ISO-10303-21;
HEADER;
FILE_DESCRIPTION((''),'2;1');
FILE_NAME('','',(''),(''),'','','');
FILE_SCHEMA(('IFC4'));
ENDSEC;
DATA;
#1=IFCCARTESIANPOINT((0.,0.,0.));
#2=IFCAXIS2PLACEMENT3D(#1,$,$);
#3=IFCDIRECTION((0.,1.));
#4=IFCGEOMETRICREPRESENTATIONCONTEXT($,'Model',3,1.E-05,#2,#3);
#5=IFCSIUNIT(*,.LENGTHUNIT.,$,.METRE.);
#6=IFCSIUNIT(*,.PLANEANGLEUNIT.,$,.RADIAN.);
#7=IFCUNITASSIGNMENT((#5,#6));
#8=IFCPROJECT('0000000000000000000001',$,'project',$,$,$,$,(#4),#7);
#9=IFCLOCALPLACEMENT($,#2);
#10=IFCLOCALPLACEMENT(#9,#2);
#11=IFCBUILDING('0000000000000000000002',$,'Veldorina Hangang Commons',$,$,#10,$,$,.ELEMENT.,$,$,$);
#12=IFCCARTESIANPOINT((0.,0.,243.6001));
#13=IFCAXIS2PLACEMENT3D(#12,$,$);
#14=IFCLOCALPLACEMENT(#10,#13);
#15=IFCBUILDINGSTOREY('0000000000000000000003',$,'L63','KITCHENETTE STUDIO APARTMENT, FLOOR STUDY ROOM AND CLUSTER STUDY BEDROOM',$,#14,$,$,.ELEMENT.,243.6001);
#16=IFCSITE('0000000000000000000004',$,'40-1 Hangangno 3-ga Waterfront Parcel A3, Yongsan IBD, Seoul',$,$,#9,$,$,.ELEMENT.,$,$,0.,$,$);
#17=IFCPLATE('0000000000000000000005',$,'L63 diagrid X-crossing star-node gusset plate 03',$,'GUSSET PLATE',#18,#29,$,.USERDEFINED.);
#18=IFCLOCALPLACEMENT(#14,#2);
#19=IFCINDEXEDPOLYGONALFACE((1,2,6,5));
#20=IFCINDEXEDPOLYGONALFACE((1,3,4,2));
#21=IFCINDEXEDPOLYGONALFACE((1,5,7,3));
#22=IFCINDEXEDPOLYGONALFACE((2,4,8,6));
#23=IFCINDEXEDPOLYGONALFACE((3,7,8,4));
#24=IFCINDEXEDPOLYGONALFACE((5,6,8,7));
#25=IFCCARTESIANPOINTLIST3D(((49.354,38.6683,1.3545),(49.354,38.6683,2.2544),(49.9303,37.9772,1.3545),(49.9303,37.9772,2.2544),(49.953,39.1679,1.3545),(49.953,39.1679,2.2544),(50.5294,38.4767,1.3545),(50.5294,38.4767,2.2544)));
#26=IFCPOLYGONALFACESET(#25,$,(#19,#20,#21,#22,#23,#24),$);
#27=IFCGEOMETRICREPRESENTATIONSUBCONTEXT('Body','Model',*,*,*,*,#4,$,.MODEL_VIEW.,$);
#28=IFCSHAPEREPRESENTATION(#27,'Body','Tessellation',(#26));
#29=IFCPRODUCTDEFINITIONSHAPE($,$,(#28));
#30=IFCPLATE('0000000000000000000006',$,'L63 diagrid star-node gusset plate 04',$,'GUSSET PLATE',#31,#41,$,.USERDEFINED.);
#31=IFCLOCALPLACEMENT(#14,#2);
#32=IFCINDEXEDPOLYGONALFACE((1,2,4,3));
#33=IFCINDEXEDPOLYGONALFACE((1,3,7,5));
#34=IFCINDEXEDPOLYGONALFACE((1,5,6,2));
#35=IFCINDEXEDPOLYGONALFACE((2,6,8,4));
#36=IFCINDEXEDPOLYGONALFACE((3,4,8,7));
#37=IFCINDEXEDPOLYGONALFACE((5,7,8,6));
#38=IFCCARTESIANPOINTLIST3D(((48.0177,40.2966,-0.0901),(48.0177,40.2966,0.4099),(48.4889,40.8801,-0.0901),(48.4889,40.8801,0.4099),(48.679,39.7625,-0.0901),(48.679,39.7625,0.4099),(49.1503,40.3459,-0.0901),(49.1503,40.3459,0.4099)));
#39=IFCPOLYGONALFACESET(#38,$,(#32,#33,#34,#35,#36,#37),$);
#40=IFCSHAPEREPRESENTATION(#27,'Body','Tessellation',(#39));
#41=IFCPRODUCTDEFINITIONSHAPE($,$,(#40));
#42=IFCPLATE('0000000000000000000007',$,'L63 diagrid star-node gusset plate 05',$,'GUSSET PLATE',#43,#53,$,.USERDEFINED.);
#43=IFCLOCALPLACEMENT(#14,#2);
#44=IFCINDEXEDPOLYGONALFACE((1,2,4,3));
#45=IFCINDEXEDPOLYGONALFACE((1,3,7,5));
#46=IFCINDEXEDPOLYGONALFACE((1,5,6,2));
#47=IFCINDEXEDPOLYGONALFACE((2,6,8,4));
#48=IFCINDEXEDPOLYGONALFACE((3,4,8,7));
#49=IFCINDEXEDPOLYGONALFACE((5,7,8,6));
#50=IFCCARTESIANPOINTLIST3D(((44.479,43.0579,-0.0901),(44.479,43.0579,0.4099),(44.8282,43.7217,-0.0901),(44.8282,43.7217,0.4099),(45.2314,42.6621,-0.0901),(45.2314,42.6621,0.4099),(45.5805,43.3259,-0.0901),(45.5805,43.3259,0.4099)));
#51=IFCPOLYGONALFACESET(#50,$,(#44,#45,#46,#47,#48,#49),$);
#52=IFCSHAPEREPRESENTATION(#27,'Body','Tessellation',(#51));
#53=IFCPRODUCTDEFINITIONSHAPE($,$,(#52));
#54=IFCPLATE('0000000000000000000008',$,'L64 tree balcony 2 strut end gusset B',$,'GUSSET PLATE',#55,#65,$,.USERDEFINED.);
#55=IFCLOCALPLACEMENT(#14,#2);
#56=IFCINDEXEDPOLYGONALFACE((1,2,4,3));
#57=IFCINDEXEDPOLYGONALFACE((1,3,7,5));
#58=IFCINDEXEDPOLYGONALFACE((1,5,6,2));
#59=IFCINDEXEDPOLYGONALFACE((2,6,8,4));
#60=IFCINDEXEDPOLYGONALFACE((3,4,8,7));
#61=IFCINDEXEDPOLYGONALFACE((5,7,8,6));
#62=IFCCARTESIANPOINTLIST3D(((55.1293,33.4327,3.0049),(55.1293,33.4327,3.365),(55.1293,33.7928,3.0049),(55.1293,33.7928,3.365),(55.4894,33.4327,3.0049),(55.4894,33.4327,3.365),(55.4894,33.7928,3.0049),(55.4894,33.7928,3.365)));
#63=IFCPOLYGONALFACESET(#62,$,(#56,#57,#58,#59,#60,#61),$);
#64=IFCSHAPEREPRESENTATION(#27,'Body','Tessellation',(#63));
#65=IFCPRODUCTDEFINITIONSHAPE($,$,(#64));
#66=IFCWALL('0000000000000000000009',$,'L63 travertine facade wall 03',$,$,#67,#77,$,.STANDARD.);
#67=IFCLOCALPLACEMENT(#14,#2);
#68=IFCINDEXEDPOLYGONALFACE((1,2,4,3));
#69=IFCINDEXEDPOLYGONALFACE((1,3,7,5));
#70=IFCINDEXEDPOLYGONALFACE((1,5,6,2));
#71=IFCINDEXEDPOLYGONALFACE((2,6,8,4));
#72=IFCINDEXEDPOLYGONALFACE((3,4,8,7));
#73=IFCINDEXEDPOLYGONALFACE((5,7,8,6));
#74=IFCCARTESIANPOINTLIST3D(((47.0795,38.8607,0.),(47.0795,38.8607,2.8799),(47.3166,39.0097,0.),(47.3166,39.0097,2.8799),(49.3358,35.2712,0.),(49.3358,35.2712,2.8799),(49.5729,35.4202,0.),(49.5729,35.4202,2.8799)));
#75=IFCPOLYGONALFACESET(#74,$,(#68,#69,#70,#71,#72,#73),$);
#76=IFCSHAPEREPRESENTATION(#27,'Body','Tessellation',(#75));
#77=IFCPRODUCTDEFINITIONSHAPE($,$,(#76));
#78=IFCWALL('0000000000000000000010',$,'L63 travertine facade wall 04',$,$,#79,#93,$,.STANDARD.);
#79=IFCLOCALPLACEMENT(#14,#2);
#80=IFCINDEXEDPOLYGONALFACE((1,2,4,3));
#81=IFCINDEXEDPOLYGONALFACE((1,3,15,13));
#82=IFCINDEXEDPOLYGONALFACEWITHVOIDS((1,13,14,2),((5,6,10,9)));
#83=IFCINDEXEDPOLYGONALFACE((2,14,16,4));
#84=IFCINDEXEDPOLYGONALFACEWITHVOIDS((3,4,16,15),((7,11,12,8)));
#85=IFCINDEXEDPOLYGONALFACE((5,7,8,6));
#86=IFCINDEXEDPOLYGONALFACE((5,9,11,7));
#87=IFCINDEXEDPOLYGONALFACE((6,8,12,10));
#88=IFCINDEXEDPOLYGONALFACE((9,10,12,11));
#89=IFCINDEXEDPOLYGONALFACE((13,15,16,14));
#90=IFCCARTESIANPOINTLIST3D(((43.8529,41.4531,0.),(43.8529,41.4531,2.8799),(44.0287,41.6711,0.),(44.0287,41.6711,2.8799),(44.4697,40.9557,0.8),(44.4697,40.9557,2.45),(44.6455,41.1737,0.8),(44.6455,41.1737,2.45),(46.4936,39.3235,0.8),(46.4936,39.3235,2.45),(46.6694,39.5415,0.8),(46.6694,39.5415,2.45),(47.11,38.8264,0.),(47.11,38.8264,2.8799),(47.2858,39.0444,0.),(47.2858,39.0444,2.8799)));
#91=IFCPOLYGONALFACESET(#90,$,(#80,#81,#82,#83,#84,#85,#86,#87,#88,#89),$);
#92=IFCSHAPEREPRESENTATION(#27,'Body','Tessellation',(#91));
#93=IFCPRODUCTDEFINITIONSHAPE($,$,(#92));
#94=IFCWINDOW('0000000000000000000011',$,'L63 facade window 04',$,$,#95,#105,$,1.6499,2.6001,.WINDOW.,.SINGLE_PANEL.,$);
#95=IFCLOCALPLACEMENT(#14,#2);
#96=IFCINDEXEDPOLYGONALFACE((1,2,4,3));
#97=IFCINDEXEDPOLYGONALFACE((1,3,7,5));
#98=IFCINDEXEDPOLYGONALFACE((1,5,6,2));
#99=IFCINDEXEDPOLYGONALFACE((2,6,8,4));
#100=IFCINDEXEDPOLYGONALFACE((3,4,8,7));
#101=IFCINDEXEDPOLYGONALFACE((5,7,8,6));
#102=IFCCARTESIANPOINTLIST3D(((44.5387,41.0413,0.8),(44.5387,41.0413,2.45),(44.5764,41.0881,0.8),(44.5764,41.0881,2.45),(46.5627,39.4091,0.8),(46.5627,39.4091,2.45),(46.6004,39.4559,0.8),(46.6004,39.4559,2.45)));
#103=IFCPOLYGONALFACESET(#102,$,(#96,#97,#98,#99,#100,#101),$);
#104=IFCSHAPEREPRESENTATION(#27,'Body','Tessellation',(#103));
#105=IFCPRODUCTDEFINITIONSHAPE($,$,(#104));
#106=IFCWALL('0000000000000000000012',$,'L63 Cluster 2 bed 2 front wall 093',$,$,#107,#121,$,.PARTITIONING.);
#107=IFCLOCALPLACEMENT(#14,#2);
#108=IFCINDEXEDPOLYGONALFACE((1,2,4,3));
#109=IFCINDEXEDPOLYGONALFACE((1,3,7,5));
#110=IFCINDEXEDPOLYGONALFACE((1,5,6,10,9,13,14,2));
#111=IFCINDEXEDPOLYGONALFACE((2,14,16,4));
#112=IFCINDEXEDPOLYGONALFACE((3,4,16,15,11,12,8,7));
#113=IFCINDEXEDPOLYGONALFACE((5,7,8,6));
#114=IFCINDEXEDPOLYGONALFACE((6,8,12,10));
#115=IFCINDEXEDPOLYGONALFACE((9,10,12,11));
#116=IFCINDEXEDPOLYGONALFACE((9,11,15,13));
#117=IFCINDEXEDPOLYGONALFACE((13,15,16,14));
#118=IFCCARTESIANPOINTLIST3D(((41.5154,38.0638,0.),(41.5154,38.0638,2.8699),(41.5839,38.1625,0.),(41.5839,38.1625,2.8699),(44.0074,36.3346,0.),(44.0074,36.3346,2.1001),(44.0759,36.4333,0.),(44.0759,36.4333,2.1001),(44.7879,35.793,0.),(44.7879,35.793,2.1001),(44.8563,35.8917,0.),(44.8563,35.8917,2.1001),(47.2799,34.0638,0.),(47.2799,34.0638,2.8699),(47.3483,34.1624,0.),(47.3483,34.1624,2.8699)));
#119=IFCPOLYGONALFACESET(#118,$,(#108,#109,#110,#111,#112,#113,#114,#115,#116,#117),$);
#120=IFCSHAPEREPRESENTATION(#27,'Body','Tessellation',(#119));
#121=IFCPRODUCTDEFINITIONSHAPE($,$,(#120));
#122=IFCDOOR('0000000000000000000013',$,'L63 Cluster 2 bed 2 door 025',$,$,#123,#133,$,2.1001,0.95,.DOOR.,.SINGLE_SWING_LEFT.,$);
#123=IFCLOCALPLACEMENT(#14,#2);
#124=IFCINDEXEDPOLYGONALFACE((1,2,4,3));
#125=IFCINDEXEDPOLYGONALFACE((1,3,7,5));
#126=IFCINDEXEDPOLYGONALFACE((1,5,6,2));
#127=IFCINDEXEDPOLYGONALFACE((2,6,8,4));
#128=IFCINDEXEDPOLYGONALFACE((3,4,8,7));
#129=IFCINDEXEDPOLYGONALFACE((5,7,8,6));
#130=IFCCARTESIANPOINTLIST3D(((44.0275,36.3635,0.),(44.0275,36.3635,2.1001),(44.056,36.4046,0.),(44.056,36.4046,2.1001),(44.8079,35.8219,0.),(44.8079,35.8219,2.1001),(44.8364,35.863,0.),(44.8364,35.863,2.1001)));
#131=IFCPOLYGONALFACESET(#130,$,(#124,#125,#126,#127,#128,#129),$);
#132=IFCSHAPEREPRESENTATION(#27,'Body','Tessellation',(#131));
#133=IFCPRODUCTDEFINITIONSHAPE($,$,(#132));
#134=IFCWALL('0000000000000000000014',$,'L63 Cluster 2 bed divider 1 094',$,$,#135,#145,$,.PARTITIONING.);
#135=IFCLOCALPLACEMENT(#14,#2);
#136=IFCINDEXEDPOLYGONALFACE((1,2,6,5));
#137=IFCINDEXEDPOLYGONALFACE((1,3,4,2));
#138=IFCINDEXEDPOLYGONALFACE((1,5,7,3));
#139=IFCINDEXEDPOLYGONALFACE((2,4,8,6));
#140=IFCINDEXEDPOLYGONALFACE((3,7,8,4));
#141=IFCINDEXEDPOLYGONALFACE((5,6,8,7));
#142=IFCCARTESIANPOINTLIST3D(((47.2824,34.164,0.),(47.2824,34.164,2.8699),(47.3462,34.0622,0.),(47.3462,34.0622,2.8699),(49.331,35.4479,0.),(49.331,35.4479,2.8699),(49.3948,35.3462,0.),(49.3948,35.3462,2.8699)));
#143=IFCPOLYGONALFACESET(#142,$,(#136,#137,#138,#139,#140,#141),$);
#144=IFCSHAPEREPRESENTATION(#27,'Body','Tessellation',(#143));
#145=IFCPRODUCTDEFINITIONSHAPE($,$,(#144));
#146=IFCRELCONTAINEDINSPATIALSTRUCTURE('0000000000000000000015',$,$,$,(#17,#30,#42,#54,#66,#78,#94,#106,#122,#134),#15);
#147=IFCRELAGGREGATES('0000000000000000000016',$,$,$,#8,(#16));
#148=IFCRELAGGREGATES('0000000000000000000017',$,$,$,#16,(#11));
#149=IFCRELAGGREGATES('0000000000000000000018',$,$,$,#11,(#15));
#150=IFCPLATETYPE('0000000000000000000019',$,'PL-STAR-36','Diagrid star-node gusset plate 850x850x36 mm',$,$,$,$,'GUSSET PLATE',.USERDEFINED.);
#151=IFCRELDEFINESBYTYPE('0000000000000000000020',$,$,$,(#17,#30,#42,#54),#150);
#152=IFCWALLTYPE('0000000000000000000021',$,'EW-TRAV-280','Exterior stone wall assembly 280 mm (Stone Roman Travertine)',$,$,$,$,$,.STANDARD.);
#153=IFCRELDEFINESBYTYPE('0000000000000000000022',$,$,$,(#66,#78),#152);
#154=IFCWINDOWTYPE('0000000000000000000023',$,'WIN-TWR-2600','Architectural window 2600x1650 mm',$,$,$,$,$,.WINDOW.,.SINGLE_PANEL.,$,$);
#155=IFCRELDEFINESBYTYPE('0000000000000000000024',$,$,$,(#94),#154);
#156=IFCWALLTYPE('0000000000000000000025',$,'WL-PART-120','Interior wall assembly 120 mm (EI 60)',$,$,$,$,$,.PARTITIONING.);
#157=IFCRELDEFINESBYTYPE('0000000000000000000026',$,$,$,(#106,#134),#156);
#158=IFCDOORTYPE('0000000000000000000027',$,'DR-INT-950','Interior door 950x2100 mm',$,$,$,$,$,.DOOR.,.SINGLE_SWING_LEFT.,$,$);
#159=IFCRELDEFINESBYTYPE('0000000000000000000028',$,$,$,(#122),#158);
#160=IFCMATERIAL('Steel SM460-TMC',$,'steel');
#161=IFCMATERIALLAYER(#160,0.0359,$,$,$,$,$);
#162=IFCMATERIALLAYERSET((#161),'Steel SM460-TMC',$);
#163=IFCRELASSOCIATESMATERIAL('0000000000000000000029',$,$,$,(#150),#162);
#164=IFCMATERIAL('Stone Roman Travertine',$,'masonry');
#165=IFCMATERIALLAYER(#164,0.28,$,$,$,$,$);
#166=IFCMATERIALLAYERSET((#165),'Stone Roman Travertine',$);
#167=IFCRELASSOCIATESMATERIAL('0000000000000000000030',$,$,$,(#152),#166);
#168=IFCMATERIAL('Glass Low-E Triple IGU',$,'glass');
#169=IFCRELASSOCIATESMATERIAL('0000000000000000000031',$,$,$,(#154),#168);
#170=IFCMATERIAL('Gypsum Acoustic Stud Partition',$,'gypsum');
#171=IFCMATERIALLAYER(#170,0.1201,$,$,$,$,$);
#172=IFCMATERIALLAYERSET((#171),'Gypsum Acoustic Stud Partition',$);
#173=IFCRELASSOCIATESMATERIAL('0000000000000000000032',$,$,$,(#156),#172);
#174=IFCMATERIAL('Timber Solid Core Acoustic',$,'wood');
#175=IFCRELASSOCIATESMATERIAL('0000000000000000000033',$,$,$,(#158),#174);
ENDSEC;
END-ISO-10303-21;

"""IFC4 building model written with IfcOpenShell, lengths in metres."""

from ifc_helpers import new_model, si_unit, direction, frame, frame_2d, origin, origin_2d, place, context, subcontext, project, spatial, rectangle, extrude, material, layer, layer_set, type_object, element, fill, save


model = new_model("IFC4")

# Units and contexts
model_context = context("Model", 3, precision=1e-05, world=origin(), true_north=direction((0.0, 1.0)))
body_context = subcontext(model_context, "Body", "Model", "MODEL_VIEW")
ifc_project = project(units=[si_unit("LENGTHUNIT", "METRE"), si_unit("PLANEANGLEUNIT", "RADIAN")], contexts=[model_context])

# Site, building, storey
site_placement = place(None, origin())
site = spatial("IfcSite", under=ifc_project, at=site_placement, Name="40-1 Hangangno 3-ga Waterfront Parcel A3, Yongsan IBD, Seoul", CompositionType="ELEMENT", RefElevation=0.0)
building_placement = place(site_placement, origin())
building = spatial("IfcBuilding", under=site, at=building_placement, Name="Veldorina Hangang Commons", CompositionType="ELEMENT")
storey_placement = place(building_placement, frame((0.0, 0.0, 243.6001)))
storey = spatial("IfcBuildingStorey", under=building, at=storey_placement, Name="L63", Description="KITCHENETTE STUDIO APARTMENT, FLOOR STUDY ROOM AND CLUSTER STUDY BEDROOM", CompositionType="ELEMENT", Elevation=243.6001)

# Shared definitions
ifc_material_1 = material(Name="Glass Low-E Triple IGU", Category="glass")

# Plates
ifc_material_2 = material(Name="Steel SM460-TMC", Category="steel")
ifc_layer_1 = layer(ifc_material_2, 0.0359)
ifc_layer_set_1 = layer_set([ifc_layer_1], Name="Steel SM460-TMC")
plate_type_1 = type_object("IfcPlateType", Name="PL-STAR-36", Description="Diagrid star-node gusset plate 850x850x36 mm", ElementType="GUSSET PLATE", PredefinedType="USERDEFINED", material=ifc_layer_set_1)
plate_1_placement = place(storey_placement, frame((49.9417, 38.5725, 1.3545), z_axis=(0.0, 0.0, 1.0), x_axis=(-0.640431, 0.768015, 0.0)))
element("IfcPlate", 1, at=plate_1_placement, inside=storey, type_object=plate_type_1, Name="L63 diagrid X-crossing star-node gusset plate 03", ObjectType="GUSSET PLATE", PredefinedType="USERDEFINED", context=body_context, shape_type="SweptSolid", body=[
    extrude(rectangle(XDim=0.8999, YDim=0.78, at=origin_2d()), origin(), (0.0, 0.0, 1.0), 0.8999),
])
for number, where, z_axis, x_axis, name in (
    (2, (48.584, 40.3213, -0.0901), (0.0, 0.0, 1.0), (-0.777947, 0.62833, 0.0), "L63 diagrid star-node gusset plate 04"),
    (3, (45.0298, 43.1919, -0.0901), (0.0, 0.0, 1.0), (-0.885012, 0.465568, 0.0), "L63 diagrid star-node gusset plate 05"),
):
    element("IfcPlate", number, at=place(storey_placement, frame(where, z_axis=z_axis, x_axis=x_axis)), inside=storey, type_object=plate_type_1, Name=name, ObjectType="GUSSET PLATE", PredefinedType="USERDEFINED", context=body_context, shape_type="SweptSolid", body=[
        extrude(rectangle(XDim=0.8501, YDim=0.75, at=origin_2d()), origin(), (0.0, 0.0, 1.0), 0.5),
    ])
plate_2_placement = place(storey_placement, frame((55.3093, 33.6128, 3.0049), z_axis=(0.0, 0.0, 1.0), x_axis=(1.0, 0.0, 0.0)))
element("IfcPlate", 4, at=plate_2_placement, inside=storey, type_object=plate_type_1, Name="L64 tree balcony 2 strut end gusset B", ObjectType="GUSSET PLATE", PredefinedType="USERDEFINED", context=body_context, shape_type="SweptSolid", body=[
    extrude(rectangle(XDim=0.3601, YDim=0.3601, at=origin_2d()), origin(), (0.0, 0.0, 1.0), 0.3601),
])

# Wall
ifc_material_3 = material(Name="Stone Roman Travertine", Category="masonry")
ifc_layer_2 = layer(ifc_material_3, 0.28)
ifc_layer_set_2 = layer_set([ifc_layer_2], Name="Stone Roman Travertine")
wall_type_1 = type_object("IfcWallType", Name="EW-TRAV-280", Description="Exterior stone wall assembly 280 mm (Stone Roman Travertine)", PredefinedType="STANDARD", material=ifc_layer_set_2)
wall_1_placement = place(storey_placement, frame((49.4543, 35.3457, 0.0), z_axis=(0.0, 0.0, 1.0), x_axis=(-0.532176, 0.846634, 0.0)))
element("IfcWall", 5, at=wall_1_placement, inside=storey, type_object=wall_type_1, Name="L63 travertine facade wall 03", PredefinedType="STANDARD", context=body_context, shape_type="SweptSolid", body=[
    extrude(rectangle(XDim=4.2397, YDim=0.28, at=frame_2d((2.1199, 0.0))), origin(), (0.0, 0.0, 1.0), 2.8799),
])

# Wall, opening, window
wall_2_placement = place(storey_placement, frame((47.198, 38.9353, 0.0), z_axis=(0.0, 0.0, 1.0), x_axis=(-0.778409, 0.627757, 0.0)))
wall_2 = element("IfcWall", 6, at=wall_2_placement, inside=storey, type_object=wall_type_1, Name="L63 travertine facade wall 04", PredefinedType="STANDARD", context=body_context, shape_type="SweptSolid", body=[
    extrude(rectangle(XDim=4.1843, YDim=0.28, at=frame_2d((2.0923, 0.0))), origin(), (0.0, 0.0, 1.0), 2.8799),
])
opening_1_placement = place(wall_2_placement, frame((0.792, 0.0, 0.8)))
opening_1 = element("IfcOpeningElement", 7, at=opening_1_placement, cuts=wall_2, PredefinedType="OPENING", context=body_context, shape_type="SweptSolid", body=[
    extrude(rectangle(XDim=2.6001, YDim=1.6499, at=frame_2d((1.3, 0.825))), frame((0.0, 0.1499, 0.0), z_axis=(0.0, -1.0, 0.0), x_axis=(1.0, 0.0, 0.0)), (0.0, 0.0, 1.0), 0.3),
])
window_type = type_object("IfcWindowType", Name="WIN-TWR-2600", Description="Architectural window 2600x1650 mm", PartitioningType="SINGLE_PANEL", PredefinedType="WINDOW", material=ifc_material_1)
window_placement = place(opening_1_placement, origin())
window = element("IfcWindow", 8, at=window_placement, inside=storey, type_object=window_type, Name="L63 facade window 04", OverallHeight=1.6499, OverallWidth=2.6001, PartitioningType="SINGLE_PANEL", PredefinedType="WINDOW", context=body_context, shape_type="SweptSolid", body=[
    extrude(rectangle(XDim=2.6001, YDim=1.6499, at=frame_2d((1.3, 0.825))), frame((0.0, 0.03, 0.0), z_axis=(0.0, -1.0, 0.0), x_axis=(1.0, 0.0, 0.0)), (0.0, 0.0, 1.0), 0.0601),
])
fill(opening_1, window)

# Wall, opening, door
ifc_material_4 = material(Name="Gypsum Acoustic Stud Partition", Category="gypsum")
ifc_layer_3 = layer(ifc_material_4, 0.1201)
ifc_layer_set_3 = layer_set([ifc_layer_3], Name="Gypsum Acoustic Stud Partition")
wall_type_2 = type_object("IfcWallType", Name="WL-PART-120", Description="Interior wall assembly 120 mm (EI 60)", PredefinedType="PARTITIONING", material=ifc_layer_set_3)
wall_3_placement = place(storey_placement, frame((47.3142, 34.113, 0.0), z_axis=(0.0, 0.0, 1.0), x_axis=(-0.821574, 0.570102, 0.0)))
wall_3 = element("IfcWall", 9, at=wall_3_placement, inside=storey, type_object=wall_type_2, Name="L63 Cluster 2 bed 2 front wall 093", PredefinedType="PARTITIONING", context=body_context, shape_type="SweptSolid", body=[
    extrude(rectangle(XDim=7.0164, YDim=0.1201, at=frame_2d((3.5083, 0.0))), origin(), (0.0, 0.0, 1.0), 2.8699),
])
opening_2_placement = place(wall_3_placement, frame((3.0332, 0.0, 0.0)))
opening_2 = element("IfcOpeningElement", 10, at=opening_2_placement, cuts=wall_3, PredefinedType="OPENING", context=body_context, shape_type="SweptSolid", body=[
    extrude(rectangle(XDim=0.95, YDim=2.1001, at=frame_2d((0.4751, 1.05))), frame((0.0, 0.0701, 0.0), z_axis=(0.0, -1.0, 0.0), x_axis=(1.0, 0.0, 0.0)), (0.0, 0.0, 1.0), 0.1401),
])
ifc_material_5 = material(Name="Timber Solid Core Acoustic", Category="wood")
door_type = type_object("IfcDoorType", Name="DR-INT-950", Description="Interior door 950x2100 mm", OperationType="SINGLE_SWING_LEFT", PredefinedType="DOOR", material=ifc_material_5)
door_placement = place(opening_2_placement, origin())
door = element("IfcDoor", 11, at=door_placement, inside=storey, type_object=door_type, Name="L63 Cluster 2 bed 2 door 025", OperationType="SINGLE_SWING_LEFT", OverallHeight=2.1001, OverallWidth=0.95, PredefinedType="DOOR", context=body_context, shape_type="SweptSolid", body=[
    extrude(rectangle(XDim=0.95, YDim=2.1001, at=frame_2d((0.4751, 1.05))), frame((0.0, 0.0249, 0.0), z_axis=(0.0, -1.0, 0.0), x_axis=(1.0, 0.0, 0.0)), (0.0, 0.0, 1.0), 0.05),
])
fill(opening_2, door)

# Wall
wall_4_placement = place(storey_placement, frame((47.3142, 34.113, 0.0), z_axis=(0.0, 0.0, 1.0), x_axis=(0.847334, 0.531061, 0.0)))
element("IfcWall", 12, at=wall_4_placement, inside=storey, type_object=wall_type_2, Name="L63 Cluster 2 bed divider 1 094", PredefinedType="PARTITIONING", context=body_context, shape_type="SweptSolid", body=[
    extrude(rectangle(XDim=2.4177, YDim=0.1201, at=frame_2d((1.209, 0.0))), origin(), (0.0, 0.0, 1.0), 2.8699),
])

save(model, "model.ifc")
